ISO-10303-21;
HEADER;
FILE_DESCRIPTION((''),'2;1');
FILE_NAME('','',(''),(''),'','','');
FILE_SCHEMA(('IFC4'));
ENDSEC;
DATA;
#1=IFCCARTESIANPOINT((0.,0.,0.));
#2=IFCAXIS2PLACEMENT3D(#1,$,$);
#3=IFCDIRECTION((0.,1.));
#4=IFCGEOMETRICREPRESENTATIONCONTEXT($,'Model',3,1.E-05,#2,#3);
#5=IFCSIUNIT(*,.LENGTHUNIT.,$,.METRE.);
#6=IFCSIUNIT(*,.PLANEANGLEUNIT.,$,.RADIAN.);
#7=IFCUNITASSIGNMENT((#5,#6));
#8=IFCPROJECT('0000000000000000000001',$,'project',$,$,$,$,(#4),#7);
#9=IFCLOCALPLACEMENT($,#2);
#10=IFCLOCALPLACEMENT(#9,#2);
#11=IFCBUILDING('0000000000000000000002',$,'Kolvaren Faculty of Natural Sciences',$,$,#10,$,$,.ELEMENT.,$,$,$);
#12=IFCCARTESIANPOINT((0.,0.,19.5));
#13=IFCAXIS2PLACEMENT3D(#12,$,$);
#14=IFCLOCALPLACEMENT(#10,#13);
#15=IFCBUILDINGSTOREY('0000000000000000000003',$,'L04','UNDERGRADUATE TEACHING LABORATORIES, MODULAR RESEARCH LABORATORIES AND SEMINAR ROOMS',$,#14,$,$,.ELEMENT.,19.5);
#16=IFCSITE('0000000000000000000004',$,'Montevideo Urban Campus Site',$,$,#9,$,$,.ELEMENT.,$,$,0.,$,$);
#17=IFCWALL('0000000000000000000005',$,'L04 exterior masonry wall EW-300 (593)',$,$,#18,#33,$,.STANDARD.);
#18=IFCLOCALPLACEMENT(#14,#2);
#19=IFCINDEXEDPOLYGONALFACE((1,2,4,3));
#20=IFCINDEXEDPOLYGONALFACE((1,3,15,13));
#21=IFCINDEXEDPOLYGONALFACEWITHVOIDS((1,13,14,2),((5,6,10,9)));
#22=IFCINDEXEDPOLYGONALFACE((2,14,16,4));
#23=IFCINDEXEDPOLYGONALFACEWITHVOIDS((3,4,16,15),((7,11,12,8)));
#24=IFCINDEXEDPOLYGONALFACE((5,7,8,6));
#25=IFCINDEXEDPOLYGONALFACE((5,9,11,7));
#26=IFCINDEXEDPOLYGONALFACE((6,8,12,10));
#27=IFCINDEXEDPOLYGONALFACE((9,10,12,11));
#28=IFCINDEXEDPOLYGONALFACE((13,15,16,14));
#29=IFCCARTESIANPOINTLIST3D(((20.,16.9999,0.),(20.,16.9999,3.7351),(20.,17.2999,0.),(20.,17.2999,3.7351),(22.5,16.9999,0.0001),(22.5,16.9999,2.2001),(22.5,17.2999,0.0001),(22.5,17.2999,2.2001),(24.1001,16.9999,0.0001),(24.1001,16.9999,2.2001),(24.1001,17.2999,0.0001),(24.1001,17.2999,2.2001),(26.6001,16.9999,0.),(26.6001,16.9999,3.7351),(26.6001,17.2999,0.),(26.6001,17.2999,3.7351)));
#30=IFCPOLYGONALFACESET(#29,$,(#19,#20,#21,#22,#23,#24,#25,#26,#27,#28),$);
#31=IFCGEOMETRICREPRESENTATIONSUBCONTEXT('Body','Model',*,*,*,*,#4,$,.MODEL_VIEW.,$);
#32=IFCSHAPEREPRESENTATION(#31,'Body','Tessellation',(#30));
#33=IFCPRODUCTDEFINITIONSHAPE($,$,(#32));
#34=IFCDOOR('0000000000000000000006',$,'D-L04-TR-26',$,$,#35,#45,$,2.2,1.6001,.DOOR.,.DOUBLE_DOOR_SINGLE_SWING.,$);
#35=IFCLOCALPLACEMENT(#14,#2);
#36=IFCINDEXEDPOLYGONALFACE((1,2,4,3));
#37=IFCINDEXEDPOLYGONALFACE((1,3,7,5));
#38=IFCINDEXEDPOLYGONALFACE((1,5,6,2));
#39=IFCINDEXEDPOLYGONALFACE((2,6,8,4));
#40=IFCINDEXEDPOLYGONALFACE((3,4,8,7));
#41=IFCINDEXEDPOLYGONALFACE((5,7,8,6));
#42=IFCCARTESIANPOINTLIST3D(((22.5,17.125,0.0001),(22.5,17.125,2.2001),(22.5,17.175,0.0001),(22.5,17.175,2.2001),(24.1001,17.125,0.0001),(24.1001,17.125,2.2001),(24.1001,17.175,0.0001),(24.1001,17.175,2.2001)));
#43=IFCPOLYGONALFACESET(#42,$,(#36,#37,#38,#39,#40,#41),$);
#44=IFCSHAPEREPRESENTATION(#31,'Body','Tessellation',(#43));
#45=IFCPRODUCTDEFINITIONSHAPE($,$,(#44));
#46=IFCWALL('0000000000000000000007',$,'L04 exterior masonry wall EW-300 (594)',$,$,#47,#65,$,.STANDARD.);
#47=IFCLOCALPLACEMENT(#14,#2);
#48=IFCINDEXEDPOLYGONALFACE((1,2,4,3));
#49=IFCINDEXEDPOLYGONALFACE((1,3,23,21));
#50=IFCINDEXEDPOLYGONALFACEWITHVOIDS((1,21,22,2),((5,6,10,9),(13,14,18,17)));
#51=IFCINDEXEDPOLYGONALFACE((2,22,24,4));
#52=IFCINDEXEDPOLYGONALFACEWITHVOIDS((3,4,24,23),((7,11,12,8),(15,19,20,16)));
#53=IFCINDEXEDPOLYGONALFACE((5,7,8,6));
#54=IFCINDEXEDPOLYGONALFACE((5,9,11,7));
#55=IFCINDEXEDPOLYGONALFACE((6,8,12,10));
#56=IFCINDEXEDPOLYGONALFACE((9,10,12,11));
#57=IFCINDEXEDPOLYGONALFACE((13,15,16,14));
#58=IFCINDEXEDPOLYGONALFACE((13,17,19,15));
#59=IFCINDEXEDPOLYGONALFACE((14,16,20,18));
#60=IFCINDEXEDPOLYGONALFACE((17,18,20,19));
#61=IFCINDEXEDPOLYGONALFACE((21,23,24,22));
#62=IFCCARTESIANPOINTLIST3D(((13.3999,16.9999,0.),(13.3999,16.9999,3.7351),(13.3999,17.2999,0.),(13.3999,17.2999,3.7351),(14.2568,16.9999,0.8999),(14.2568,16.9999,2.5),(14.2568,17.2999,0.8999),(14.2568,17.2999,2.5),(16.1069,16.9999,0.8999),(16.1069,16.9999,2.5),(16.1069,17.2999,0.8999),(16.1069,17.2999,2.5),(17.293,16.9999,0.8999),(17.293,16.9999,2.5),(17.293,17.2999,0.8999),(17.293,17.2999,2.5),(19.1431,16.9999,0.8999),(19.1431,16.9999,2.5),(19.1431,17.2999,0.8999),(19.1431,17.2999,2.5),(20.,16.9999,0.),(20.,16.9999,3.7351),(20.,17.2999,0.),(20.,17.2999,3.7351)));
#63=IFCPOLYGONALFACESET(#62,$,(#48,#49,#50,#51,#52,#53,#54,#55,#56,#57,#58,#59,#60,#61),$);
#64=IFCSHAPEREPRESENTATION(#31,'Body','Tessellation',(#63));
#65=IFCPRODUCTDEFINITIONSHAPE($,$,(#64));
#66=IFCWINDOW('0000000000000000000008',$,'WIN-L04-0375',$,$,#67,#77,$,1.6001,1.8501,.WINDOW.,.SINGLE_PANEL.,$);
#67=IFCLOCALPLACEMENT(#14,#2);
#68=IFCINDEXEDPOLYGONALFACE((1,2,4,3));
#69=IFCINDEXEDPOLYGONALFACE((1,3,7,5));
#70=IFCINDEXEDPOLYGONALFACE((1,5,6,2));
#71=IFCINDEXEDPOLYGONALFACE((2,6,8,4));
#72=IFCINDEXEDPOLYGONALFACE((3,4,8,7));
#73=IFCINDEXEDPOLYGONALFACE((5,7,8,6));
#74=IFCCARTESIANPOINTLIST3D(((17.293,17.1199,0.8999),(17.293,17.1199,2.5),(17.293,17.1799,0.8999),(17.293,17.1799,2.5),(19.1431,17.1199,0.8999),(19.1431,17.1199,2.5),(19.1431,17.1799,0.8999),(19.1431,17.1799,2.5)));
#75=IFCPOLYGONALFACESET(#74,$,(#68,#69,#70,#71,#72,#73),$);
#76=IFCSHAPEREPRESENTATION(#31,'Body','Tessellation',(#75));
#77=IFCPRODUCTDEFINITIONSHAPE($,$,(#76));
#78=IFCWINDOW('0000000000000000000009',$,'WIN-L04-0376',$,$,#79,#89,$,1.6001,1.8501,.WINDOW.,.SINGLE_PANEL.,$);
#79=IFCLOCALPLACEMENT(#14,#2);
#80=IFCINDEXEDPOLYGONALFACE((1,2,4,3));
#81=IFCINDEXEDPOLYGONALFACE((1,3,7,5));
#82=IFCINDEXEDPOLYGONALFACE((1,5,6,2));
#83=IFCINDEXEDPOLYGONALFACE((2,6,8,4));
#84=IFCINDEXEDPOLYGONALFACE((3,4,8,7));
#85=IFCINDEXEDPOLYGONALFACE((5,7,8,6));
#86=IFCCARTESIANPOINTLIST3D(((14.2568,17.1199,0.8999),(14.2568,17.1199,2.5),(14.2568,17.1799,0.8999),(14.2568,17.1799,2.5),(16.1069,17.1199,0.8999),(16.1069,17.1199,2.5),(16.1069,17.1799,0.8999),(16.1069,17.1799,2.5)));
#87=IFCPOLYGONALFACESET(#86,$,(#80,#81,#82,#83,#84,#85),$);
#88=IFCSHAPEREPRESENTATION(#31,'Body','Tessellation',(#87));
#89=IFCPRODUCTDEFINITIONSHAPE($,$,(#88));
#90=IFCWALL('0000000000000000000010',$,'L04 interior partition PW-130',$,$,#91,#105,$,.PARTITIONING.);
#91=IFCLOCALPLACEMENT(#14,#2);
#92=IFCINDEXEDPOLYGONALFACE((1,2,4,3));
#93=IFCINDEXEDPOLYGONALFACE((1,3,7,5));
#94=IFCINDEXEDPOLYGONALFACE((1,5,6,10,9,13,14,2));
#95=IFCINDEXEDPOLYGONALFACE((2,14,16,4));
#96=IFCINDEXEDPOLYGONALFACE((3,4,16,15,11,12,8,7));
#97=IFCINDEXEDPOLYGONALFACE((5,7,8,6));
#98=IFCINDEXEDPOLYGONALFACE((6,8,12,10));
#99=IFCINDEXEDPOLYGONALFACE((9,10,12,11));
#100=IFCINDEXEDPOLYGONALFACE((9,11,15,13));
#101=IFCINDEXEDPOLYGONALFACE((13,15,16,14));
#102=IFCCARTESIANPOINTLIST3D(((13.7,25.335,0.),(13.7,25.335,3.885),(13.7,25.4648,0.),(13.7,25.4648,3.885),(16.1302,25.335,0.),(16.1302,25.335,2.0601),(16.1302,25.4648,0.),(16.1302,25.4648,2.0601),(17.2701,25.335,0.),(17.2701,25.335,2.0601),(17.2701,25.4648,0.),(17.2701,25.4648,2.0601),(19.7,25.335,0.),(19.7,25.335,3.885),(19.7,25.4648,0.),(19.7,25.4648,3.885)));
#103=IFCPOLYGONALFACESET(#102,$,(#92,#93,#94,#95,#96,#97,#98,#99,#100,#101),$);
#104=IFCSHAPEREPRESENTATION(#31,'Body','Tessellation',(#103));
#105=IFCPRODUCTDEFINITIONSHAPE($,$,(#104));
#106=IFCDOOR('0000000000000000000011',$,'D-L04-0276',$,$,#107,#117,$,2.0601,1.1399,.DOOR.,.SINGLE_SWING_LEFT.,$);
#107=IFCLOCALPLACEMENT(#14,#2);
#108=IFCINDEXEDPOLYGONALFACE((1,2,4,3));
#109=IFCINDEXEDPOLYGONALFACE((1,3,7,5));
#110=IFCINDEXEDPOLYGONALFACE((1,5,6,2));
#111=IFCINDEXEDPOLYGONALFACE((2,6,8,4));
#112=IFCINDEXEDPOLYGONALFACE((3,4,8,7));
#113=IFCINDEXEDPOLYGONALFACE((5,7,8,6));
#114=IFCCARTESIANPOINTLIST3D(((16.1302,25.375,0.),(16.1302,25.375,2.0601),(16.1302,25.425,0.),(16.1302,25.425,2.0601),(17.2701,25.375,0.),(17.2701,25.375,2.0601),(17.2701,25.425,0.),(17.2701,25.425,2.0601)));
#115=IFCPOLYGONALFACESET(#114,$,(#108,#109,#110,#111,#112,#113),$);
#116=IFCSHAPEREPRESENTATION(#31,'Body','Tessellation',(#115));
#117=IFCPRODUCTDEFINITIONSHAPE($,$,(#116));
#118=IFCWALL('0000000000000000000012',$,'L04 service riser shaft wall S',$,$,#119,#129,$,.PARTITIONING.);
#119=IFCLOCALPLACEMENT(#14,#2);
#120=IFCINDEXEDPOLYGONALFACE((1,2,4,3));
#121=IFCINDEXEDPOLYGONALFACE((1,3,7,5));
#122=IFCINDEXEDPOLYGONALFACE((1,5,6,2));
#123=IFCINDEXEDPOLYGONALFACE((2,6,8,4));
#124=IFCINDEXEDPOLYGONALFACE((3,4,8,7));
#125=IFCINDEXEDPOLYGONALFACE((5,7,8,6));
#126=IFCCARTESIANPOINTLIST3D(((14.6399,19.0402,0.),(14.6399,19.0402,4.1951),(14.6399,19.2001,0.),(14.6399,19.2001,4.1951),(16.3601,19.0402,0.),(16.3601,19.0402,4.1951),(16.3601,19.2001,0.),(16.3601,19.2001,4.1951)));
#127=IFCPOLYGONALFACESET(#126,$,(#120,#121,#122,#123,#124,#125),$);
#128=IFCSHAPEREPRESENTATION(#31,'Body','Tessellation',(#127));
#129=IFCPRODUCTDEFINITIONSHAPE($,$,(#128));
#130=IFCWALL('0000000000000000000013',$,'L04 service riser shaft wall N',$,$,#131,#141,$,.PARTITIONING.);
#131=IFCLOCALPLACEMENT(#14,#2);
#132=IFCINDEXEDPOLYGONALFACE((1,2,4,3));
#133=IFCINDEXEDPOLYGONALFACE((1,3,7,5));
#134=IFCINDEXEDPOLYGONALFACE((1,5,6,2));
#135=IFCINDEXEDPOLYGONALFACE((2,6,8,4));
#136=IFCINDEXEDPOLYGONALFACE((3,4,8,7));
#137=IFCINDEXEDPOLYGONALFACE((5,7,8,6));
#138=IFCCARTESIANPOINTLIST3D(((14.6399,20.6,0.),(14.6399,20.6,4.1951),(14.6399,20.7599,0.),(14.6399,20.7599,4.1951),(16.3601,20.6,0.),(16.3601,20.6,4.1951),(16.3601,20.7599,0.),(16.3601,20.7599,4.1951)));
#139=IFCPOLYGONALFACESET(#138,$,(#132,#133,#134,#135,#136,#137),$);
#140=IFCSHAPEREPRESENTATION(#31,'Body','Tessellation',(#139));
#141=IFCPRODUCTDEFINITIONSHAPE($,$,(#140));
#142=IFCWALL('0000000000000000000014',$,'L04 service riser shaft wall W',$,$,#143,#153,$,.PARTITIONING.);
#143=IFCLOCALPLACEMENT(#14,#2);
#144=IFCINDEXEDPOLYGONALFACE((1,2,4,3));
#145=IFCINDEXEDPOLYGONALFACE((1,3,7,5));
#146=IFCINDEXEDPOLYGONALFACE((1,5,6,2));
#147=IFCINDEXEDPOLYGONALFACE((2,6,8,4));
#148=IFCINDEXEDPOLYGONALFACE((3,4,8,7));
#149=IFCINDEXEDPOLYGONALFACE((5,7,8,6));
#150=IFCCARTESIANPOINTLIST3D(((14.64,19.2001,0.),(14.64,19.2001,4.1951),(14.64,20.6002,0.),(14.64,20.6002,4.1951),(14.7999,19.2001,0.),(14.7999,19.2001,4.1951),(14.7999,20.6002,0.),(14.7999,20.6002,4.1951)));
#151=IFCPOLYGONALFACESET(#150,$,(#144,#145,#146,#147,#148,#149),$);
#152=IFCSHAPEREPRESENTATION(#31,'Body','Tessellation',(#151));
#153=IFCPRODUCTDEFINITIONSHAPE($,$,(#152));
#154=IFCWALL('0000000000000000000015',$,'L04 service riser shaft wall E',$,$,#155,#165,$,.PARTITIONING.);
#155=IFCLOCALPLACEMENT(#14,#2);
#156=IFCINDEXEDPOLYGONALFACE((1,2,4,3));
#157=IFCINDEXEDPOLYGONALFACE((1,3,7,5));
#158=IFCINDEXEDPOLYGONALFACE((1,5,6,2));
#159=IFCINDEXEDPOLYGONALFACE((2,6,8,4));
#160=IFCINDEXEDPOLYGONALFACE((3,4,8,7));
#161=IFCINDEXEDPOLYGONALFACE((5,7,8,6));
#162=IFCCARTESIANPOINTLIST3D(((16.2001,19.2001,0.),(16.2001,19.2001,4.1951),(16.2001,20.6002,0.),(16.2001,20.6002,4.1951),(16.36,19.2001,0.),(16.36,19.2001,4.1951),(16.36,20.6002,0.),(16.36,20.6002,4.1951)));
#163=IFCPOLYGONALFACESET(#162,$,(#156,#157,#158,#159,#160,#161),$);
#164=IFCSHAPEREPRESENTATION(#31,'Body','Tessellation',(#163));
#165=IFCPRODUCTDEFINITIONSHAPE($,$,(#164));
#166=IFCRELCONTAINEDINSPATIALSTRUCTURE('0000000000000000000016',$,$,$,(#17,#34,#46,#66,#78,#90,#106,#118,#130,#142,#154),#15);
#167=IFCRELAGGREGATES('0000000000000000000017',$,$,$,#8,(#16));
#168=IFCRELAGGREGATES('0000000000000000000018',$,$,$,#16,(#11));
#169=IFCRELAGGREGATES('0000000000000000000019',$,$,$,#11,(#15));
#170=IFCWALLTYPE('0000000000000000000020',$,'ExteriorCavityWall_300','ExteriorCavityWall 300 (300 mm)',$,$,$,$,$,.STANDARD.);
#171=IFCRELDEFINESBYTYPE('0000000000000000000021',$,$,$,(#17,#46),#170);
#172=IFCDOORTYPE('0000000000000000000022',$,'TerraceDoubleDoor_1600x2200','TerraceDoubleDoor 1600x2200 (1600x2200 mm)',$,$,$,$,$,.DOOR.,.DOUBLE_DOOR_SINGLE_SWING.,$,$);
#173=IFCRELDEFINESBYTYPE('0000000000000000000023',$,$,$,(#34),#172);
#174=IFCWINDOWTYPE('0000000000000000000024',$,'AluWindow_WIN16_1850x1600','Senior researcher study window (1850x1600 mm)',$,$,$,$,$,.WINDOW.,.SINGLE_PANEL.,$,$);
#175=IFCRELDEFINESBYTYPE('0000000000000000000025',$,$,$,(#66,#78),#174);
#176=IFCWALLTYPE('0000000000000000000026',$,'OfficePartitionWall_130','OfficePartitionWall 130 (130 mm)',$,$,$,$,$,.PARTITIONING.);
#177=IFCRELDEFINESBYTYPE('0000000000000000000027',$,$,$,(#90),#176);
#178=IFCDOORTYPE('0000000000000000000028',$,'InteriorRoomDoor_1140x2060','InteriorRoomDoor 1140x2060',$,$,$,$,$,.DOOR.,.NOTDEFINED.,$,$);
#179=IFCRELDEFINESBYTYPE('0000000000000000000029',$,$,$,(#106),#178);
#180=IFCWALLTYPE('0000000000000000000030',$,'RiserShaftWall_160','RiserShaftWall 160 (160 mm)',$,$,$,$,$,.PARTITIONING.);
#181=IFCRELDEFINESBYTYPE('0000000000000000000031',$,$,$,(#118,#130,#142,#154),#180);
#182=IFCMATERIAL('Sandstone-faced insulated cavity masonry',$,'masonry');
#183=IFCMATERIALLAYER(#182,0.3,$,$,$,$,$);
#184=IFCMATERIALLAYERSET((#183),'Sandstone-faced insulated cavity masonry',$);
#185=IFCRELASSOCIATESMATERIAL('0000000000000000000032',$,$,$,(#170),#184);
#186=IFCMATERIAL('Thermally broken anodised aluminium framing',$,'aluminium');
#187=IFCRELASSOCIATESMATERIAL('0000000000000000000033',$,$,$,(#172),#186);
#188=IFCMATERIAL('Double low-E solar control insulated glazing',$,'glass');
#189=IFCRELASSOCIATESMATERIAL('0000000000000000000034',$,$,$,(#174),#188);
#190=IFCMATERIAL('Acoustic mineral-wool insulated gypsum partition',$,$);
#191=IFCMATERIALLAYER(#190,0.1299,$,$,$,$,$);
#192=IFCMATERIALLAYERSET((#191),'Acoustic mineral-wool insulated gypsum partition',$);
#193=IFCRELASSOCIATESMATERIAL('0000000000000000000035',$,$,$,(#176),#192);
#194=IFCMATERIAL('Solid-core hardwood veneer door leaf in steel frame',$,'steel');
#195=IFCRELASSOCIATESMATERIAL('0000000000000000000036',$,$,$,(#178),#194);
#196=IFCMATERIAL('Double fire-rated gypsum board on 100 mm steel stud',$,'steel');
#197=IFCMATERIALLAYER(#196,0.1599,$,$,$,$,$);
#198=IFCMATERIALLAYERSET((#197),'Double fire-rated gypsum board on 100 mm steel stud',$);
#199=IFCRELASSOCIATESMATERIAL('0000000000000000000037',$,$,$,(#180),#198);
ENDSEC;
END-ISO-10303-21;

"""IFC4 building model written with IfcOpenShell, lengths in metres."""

from ifc_helpers import new_model, si_unit, direction, frame, frame_2d, origin, place, context, subcontext, project, spatial, rectangle, extrude, material, layer, layer_set, type_object, element, fill, save


model = new_model("IFC4")

# Units and contexts
model_context = context("Model", 3, precision=1e-05, world=origin(), true_north=direction((0.0, 1.0)))
body_context = subcontext(model_context, "Body", "Model", "MODEL_VIEW")
ifc_project = project(units=[si_unit("LENGTHUNIT", "METRE"), si_unit("PLANEANGLEUNIT", "RADIAN")], contexts=[model_context])

# Site, building, storey
site_placement = place(None, origin())
site = spatial("IfcSite", under=ifc_project, at=site_placement, Name="Montevideo Urban Campus Site", CompositionType="ELEMENT", RefElevation=0.0)
building_placement = place(site_placement, origin())
building = spatial("IfcBuilding", under=site, at=building_placement, Name="Kolvaren Faculty of Natural Sciences", CompositionType="ELEMENT")
storey_placement = place(building_placement, frame((0.0, 0.0, 19.5)))
storey = spatial("IfcBuildingStorey", under=building, at=storey_placement, Name="L04", Description="UNDERGRADUATE TEACHING LABORATORIES, MODULAR RESEARCH LABORATORIES AND SEMINAR ROOMS", CompositionType="ELEMENT", Elevation=19.5)

# Shared definitions
ifc_material_1 = material(Name="Acoustic mineral-wool insulated gypsum partition")

# Wall, opening, door
ifc_material_2 = material(Name="Solid-core hardwood veneer door leaf in steel frame", Category="steel")
ifc_material_3 = material(Name="Sandstone-faced insulated cavity masonry", Category="masonry")
ifc_layer_1 = layer(ifc_material_3, 0.3)
ifc_layer_set_1 = layer_set([ifc_layer_1], Name="Sandstone-faced insulated cavity masonry")
wall_type_1 = type_object("IfcWallType", Name="ExteriorCavityWall_300", Description="ExteriorCavityWall 300 (300 mm)", PredefinedType="STANDARD", material=ifc_layer_set_1)
wall_1_placement = place(storey_placement, frame((26.6001, 17.1499, 0.0), z_axis=(0.0, 0.0, 1.0), x_axis=(-1.0, 0.0, 0.0)))
wall_1 = element("IfcWall", 1, at=wall_1_placement, inside=storey, type_object=wall_type_1, Name="L04 exterior masonry wall EW-300 (593)", PredefinedType="STANDARD", context=body_context, shape_type="SweptSolid", body=[
    extrude(rectangle(XDim=6.6001, YDim=0.3, at=frame_2d((3.3, 0.0))), origin(), (0.0, 0.0, 1.0), 3.7351),
])
opening_1_placement = place(wall_1_placement, frame((2.5, 0.0, 0.0)))
opening_1 = element("IfcOpeningElement", 2, at=opening_1_placement, cuts=wall_1, PredefinedType="OPENING", context=body_context, shape_type="SweptSolid", body=[
    extrude(rectangle(XDim=1.6001, YDim=2.2, at=frame_2d((0.8, 1.1001))), frame((0.0, 0.1599, 0.0), z_axis=(0.0, -1.0, 0.0), x_axis=(1.0, 0.0, 0.0)), (0.0, 0.0, 1.0), 0.3201),
])
ifc_material_4 = material(Name="Thermally broken anodised aluminium framing", Category="aluminium")
door_type_1 = type_object("IfcDoorType", Name="TerraceDoubleDoor_1600x2200", Description="TerraceDoubleDoor 1600x2200 (1600x2200 mm)", OperationType="DOUBLE_DOOR_SINGLE_SWING", PredefinedType="DOOR", material=ifc_material_4)
door_1_placement = place(opening_1_placement, origin())
door_1 = element("IfcDoor", 3, at=door_1_placement, inside=storey, type_object=door_type_1, Name="D-L04-TR-26", OperationType="DOUBLE_DOOR_SINGLE_SWING", OverallHeight=2.2, OverallWidth=1.6001, PredefinedType="DOOR", context=body_context, shape_type="SweptSolid", body=[
    extrude(rectangle(XDim=1.6001, YDim=2.2, at=frame_2d((0.8, 1.1001))), frame((0.0, 0.0249, 0.0), z_axis=(0.0, -1.0, 0.0), x_axis=(1.0, 0.0, 0.0)), (0.0, 0.0, 1.0), 0.05),
])
fill(opening_1, door_1)

# Wall, openings, windows
wall_2_placement = place(storey_placement, frame((20.0, 17.1499, 0.0), z_axis=(0.0, 0.0, 1.0), x_axis=(-1.0, 0.0, 0.0)))
wall_2 = element("IfcWall", 4, at=wall_2_placement, inside=storey, type_object=wall_type_1, Name="L04 exterior masonry wall EW-300 (594)", PredefinedType="STANDARD", context=body_context, shape_type="SweptSolid", body=[
    extrude(rectangle(XDim=6.6001, YDim=0.3, at=frame_2d((3.3, 0.0))), origin(), (0.0, 0.0, 1.0), 3.7351),
])
opening_2_placement = place(wall_2_placement, frame((0.8569, 0.0, 0.8999)))
opening_2 = element("IfcOpeningElement", 5, at=opening_2_placement, cuts=wall_2, PredefinedType="OPENING", context=body_context, shape_type="SweptSolid", body=[
    extrude(rectangle(XDim=1.8501, YDim=1.6001, at=frame_2d((0.925, 0.8))), frame((0.0, 0.1599, 0.0), z_axis=(0.0, -1.0, 0.0), x_axis=(1.0, 0.0, 0.0)), (0.0, 0.0, 1.0), 0.3201),
])
opening_3_placement = place(wall_2_placement, frame((3.8931, 0.0, 0.8999)))
opening_3 = element("IfcOpeningElement", 6, at=opening_3_placement, cuts=wall_2, PredefinedType="OPENING", context=body_context, shape_type="SweptSolid", body=[
    extrude(rectangle(XDim=1.8501, YDim=1.6001, at=frame_2d((0.925, 0.8))), frame((0.0, 0.1599, 0.0), z_axis=(0.0, -1.0, 0.0), x_axis=(1.0, 0.0, 0.0)), (0.0, 0.0, 1.0), 0.3201),
])
ifc_material_5 = material(Name="Double low-E solar control insulated glazing", Category="glass")
window_type = type_object("IfcWindowType", Name="AluWindow_WIN16_1850x1600", Description="Senior researcher study window (1850x1600 mm)", PartitioningType="SINGLE_PANEL", PredefinedType="WINDOW", material=ifc_material_5)
window_1_placement = place(opening_2_placement, origin())
window_1 = element("IfcWindow", 7, at=window_1_placement, inside=storey, type_object=window_type, Name="WIN-L04-0375", OverallHeight=1.6001, OverallWidth=1.8501, PartitioningType="SINGLE_PANEL", PredefinedType="WINDOW", context=body_context, shape_type="SweptSolid", body=[
    extrude(rectangle(XDim=1.8501, YDim=1.6001, at=frame_2d((0.925, 0.8))), frame((0.0, 0.03, 0.0), z_axis=(0.0, -1.0, 0.0), x_axis=(1.0, 0.0, 0.0)), (0.0, 0.0, 1.0), 0.0601),
])
fill(opening_2, window_1)
window_2_placement = place(opening_3_placement, origin())
window_2 = element("IfcWindow", 8, at=window_2_placement, inside=storey, type_object=window_type, Name="WIN-L04-0376", OverallHeight=1.6001, OverallWidth=1.8501, PartitioningType="SINGLE_PANEL", PredefinedType="WINDOW", context=body_context, shape_type="SweptSolid", body=[
    extrude(rectangle(XDim=1.8501, YDim=1.6001, at=frame_2d((0.925, 0.8))), frame((0.0, 0.03, 0.0), z_axis=(0.0, -1.0, 0.0), x_axis=(1.0, 0.0, 0.0)), (0.0, 0.0, 1.0), 0.0601),
])
fill(opening_3, window_2)

# Wall, opening, door
ifc_layer_2 = layer(ifc_material_1, 0.1299)
ifc_layer_set_2 = layer_set([ifc_layer_2], Name="Acoustic mineral-wool insulated gypsum partition")
wall_type_2 = type_object("IfcWallType", Name="OfficePartitionWall_130", Description="OfficePartitionWall 130 (130 mm)", PredefinedType="PARTITIONING", material=ifc_layer_set_2)
wall_3_placement = place(storey_placement, frame((19.7, 25.3999, 0.0), z_axis=(0.0, 0.0, 1.0), x_axis=(-1.0, 0.0, 0.0)))
wall_3 = element("IfcWall", 9, at=wall_3_placement, inside=storey, type_object=wall_type_2, Name="L04 interior partition PW-130", PredefinedType="PARTITIONING", context=body_context, shape_type="SweptSolid", body=[
    extrude(rectangle(XDim=6.0, YDim=0.1299, at=frame_2d((3.0, 0.0))), origin(), (0.0, 0.0, 1.0), 3.885),
])
opening_4_placement = place(wall_3_placement, frame((2.4299, 0.0, 0.0)))
opening_4 = element("IfcOpeningElement", 10, at=opening_4_placement, cuts=wall_3, PredefinedType="OPENING", context=body_context, shape_type="SweptSolid", body=[
    extrude(rectangle(XDim=1.1399, YDim=2.0601, at=frame_2d((0.5698, 1.03))), frame((0.0, 0.075, 0.0), z_axis=(0.0, -1.0, 0.0), x_axis=(1.0, 0.0, 0.0)), (0.0, 0.0, 1.0), 0.1499),
])
door_type_2 = type_object("IfcDoorType", Name="InteriorRoomDoor_1140x2060", Description="InteriorRoomDoor 1140x2060", OperationType="NOTDEFINED", PredefinedType="DOOR", material=ifc_material_2)
door_2_placement = place(opening_4_placement, origin())
door_2 = element("IfcDoor", 11, at=door_2_placement, inside=storey, type_object=door_type_2, Name="D-L04-0276", OperationType="SINGLE_SWING_LEFT", OverallHeight=2.0601, OverallWidth=1.1399, PredefinedType="DOOR", context=body_context, shape_type="SweptSolid", body=[
    extrude(rectangle(XDim=1.1399, YDim=2.0601, at=frame_2d((0.5698, 1.03))), frame((0.0, 0.0249, 0.0), z_axis=(0.0, -1.0, 0.0), x_axis=(1.0, 0.0, 0.0)), (0.0, 0.0, 1.0), 0.05),
])
fill(opening_4, door_2)

# Walls
ifc_material_6 = material(Name="Double fire-rated gypsum board on 100 mm steel stud", Category="steel")
ifc_layer_3 = layer(ifc_material_6, 0.1599)
ifc_layer_set_3 = layer_set([ifc_layer_3], Name="Double fire-rated gypsum board on 100 mm steel stud")
wall_type_3 = type_object("IfcWallType", Name="RiserShaftWall_160", Description="RiserShaftWall 160 (160 mm)", PredefinedType="PARTITIONING", material=ifc_layer_set_3)
for number, where, z_axis, x_axis, name in (
    (12, (14.6399, 19.1201, 0.0), (0.0, 0.0, 1.0), (1.0, 0.0, 0.0), "L04 service riser shaft wall S"),
    (13, (14.6399, 20.6799, 0.0), (0.0, 0.0, 1.0), (1.0, 0.0, 0.0), "L04 service riser shaft wall N"),
):
    element("IfcWall", number, at=place(storey_placement, frame(where, z_axis=z_axis, x_axis=x_axis)), inside=storey, type_object=wall_type_3, Name=name, PredefinedType="PARTITIONING", context=body_context, shape_type="SweptSolid", body=[
        extrude(rectangle(XDim=1.7202, YDim=0.1599, at=frame_2d((0.8601, 0.0))), origin(), (0.0, 0.0, 1.0), 4.1951),
    ])
for number, where, z_axis, x_axis, name in (
    (14, (14.72, 19.2, 0.0), (0.0, 0.0, 1.0), (0.0, 1.0, 0.0), "L04 service riser shaft wall W"),
    (15, (16.28, 19.2, 0.0), (0.0, 0.0, 1.0), (0.0, 1.0, 0.0), "L04 service riser shaft wall E"),
):
    element("IfcWall", number, at=place(storey_placement, frame(where, z_axis=z_axis, x_axis=x_axis)), inside=storey, type_object=wall_type_3, Name=name, PredefinedType="PARTITIONING", context=body_context, shape_type="SweptSolid", body=[
        extrude(rectangle(XDim=1.4001, YDim=0.1599, at=frame_2d((0.7002, 0.0))), origin(), (0.0, 0.0, 1.0), 4.1951),
    ])

save(model, "model.ifc")
